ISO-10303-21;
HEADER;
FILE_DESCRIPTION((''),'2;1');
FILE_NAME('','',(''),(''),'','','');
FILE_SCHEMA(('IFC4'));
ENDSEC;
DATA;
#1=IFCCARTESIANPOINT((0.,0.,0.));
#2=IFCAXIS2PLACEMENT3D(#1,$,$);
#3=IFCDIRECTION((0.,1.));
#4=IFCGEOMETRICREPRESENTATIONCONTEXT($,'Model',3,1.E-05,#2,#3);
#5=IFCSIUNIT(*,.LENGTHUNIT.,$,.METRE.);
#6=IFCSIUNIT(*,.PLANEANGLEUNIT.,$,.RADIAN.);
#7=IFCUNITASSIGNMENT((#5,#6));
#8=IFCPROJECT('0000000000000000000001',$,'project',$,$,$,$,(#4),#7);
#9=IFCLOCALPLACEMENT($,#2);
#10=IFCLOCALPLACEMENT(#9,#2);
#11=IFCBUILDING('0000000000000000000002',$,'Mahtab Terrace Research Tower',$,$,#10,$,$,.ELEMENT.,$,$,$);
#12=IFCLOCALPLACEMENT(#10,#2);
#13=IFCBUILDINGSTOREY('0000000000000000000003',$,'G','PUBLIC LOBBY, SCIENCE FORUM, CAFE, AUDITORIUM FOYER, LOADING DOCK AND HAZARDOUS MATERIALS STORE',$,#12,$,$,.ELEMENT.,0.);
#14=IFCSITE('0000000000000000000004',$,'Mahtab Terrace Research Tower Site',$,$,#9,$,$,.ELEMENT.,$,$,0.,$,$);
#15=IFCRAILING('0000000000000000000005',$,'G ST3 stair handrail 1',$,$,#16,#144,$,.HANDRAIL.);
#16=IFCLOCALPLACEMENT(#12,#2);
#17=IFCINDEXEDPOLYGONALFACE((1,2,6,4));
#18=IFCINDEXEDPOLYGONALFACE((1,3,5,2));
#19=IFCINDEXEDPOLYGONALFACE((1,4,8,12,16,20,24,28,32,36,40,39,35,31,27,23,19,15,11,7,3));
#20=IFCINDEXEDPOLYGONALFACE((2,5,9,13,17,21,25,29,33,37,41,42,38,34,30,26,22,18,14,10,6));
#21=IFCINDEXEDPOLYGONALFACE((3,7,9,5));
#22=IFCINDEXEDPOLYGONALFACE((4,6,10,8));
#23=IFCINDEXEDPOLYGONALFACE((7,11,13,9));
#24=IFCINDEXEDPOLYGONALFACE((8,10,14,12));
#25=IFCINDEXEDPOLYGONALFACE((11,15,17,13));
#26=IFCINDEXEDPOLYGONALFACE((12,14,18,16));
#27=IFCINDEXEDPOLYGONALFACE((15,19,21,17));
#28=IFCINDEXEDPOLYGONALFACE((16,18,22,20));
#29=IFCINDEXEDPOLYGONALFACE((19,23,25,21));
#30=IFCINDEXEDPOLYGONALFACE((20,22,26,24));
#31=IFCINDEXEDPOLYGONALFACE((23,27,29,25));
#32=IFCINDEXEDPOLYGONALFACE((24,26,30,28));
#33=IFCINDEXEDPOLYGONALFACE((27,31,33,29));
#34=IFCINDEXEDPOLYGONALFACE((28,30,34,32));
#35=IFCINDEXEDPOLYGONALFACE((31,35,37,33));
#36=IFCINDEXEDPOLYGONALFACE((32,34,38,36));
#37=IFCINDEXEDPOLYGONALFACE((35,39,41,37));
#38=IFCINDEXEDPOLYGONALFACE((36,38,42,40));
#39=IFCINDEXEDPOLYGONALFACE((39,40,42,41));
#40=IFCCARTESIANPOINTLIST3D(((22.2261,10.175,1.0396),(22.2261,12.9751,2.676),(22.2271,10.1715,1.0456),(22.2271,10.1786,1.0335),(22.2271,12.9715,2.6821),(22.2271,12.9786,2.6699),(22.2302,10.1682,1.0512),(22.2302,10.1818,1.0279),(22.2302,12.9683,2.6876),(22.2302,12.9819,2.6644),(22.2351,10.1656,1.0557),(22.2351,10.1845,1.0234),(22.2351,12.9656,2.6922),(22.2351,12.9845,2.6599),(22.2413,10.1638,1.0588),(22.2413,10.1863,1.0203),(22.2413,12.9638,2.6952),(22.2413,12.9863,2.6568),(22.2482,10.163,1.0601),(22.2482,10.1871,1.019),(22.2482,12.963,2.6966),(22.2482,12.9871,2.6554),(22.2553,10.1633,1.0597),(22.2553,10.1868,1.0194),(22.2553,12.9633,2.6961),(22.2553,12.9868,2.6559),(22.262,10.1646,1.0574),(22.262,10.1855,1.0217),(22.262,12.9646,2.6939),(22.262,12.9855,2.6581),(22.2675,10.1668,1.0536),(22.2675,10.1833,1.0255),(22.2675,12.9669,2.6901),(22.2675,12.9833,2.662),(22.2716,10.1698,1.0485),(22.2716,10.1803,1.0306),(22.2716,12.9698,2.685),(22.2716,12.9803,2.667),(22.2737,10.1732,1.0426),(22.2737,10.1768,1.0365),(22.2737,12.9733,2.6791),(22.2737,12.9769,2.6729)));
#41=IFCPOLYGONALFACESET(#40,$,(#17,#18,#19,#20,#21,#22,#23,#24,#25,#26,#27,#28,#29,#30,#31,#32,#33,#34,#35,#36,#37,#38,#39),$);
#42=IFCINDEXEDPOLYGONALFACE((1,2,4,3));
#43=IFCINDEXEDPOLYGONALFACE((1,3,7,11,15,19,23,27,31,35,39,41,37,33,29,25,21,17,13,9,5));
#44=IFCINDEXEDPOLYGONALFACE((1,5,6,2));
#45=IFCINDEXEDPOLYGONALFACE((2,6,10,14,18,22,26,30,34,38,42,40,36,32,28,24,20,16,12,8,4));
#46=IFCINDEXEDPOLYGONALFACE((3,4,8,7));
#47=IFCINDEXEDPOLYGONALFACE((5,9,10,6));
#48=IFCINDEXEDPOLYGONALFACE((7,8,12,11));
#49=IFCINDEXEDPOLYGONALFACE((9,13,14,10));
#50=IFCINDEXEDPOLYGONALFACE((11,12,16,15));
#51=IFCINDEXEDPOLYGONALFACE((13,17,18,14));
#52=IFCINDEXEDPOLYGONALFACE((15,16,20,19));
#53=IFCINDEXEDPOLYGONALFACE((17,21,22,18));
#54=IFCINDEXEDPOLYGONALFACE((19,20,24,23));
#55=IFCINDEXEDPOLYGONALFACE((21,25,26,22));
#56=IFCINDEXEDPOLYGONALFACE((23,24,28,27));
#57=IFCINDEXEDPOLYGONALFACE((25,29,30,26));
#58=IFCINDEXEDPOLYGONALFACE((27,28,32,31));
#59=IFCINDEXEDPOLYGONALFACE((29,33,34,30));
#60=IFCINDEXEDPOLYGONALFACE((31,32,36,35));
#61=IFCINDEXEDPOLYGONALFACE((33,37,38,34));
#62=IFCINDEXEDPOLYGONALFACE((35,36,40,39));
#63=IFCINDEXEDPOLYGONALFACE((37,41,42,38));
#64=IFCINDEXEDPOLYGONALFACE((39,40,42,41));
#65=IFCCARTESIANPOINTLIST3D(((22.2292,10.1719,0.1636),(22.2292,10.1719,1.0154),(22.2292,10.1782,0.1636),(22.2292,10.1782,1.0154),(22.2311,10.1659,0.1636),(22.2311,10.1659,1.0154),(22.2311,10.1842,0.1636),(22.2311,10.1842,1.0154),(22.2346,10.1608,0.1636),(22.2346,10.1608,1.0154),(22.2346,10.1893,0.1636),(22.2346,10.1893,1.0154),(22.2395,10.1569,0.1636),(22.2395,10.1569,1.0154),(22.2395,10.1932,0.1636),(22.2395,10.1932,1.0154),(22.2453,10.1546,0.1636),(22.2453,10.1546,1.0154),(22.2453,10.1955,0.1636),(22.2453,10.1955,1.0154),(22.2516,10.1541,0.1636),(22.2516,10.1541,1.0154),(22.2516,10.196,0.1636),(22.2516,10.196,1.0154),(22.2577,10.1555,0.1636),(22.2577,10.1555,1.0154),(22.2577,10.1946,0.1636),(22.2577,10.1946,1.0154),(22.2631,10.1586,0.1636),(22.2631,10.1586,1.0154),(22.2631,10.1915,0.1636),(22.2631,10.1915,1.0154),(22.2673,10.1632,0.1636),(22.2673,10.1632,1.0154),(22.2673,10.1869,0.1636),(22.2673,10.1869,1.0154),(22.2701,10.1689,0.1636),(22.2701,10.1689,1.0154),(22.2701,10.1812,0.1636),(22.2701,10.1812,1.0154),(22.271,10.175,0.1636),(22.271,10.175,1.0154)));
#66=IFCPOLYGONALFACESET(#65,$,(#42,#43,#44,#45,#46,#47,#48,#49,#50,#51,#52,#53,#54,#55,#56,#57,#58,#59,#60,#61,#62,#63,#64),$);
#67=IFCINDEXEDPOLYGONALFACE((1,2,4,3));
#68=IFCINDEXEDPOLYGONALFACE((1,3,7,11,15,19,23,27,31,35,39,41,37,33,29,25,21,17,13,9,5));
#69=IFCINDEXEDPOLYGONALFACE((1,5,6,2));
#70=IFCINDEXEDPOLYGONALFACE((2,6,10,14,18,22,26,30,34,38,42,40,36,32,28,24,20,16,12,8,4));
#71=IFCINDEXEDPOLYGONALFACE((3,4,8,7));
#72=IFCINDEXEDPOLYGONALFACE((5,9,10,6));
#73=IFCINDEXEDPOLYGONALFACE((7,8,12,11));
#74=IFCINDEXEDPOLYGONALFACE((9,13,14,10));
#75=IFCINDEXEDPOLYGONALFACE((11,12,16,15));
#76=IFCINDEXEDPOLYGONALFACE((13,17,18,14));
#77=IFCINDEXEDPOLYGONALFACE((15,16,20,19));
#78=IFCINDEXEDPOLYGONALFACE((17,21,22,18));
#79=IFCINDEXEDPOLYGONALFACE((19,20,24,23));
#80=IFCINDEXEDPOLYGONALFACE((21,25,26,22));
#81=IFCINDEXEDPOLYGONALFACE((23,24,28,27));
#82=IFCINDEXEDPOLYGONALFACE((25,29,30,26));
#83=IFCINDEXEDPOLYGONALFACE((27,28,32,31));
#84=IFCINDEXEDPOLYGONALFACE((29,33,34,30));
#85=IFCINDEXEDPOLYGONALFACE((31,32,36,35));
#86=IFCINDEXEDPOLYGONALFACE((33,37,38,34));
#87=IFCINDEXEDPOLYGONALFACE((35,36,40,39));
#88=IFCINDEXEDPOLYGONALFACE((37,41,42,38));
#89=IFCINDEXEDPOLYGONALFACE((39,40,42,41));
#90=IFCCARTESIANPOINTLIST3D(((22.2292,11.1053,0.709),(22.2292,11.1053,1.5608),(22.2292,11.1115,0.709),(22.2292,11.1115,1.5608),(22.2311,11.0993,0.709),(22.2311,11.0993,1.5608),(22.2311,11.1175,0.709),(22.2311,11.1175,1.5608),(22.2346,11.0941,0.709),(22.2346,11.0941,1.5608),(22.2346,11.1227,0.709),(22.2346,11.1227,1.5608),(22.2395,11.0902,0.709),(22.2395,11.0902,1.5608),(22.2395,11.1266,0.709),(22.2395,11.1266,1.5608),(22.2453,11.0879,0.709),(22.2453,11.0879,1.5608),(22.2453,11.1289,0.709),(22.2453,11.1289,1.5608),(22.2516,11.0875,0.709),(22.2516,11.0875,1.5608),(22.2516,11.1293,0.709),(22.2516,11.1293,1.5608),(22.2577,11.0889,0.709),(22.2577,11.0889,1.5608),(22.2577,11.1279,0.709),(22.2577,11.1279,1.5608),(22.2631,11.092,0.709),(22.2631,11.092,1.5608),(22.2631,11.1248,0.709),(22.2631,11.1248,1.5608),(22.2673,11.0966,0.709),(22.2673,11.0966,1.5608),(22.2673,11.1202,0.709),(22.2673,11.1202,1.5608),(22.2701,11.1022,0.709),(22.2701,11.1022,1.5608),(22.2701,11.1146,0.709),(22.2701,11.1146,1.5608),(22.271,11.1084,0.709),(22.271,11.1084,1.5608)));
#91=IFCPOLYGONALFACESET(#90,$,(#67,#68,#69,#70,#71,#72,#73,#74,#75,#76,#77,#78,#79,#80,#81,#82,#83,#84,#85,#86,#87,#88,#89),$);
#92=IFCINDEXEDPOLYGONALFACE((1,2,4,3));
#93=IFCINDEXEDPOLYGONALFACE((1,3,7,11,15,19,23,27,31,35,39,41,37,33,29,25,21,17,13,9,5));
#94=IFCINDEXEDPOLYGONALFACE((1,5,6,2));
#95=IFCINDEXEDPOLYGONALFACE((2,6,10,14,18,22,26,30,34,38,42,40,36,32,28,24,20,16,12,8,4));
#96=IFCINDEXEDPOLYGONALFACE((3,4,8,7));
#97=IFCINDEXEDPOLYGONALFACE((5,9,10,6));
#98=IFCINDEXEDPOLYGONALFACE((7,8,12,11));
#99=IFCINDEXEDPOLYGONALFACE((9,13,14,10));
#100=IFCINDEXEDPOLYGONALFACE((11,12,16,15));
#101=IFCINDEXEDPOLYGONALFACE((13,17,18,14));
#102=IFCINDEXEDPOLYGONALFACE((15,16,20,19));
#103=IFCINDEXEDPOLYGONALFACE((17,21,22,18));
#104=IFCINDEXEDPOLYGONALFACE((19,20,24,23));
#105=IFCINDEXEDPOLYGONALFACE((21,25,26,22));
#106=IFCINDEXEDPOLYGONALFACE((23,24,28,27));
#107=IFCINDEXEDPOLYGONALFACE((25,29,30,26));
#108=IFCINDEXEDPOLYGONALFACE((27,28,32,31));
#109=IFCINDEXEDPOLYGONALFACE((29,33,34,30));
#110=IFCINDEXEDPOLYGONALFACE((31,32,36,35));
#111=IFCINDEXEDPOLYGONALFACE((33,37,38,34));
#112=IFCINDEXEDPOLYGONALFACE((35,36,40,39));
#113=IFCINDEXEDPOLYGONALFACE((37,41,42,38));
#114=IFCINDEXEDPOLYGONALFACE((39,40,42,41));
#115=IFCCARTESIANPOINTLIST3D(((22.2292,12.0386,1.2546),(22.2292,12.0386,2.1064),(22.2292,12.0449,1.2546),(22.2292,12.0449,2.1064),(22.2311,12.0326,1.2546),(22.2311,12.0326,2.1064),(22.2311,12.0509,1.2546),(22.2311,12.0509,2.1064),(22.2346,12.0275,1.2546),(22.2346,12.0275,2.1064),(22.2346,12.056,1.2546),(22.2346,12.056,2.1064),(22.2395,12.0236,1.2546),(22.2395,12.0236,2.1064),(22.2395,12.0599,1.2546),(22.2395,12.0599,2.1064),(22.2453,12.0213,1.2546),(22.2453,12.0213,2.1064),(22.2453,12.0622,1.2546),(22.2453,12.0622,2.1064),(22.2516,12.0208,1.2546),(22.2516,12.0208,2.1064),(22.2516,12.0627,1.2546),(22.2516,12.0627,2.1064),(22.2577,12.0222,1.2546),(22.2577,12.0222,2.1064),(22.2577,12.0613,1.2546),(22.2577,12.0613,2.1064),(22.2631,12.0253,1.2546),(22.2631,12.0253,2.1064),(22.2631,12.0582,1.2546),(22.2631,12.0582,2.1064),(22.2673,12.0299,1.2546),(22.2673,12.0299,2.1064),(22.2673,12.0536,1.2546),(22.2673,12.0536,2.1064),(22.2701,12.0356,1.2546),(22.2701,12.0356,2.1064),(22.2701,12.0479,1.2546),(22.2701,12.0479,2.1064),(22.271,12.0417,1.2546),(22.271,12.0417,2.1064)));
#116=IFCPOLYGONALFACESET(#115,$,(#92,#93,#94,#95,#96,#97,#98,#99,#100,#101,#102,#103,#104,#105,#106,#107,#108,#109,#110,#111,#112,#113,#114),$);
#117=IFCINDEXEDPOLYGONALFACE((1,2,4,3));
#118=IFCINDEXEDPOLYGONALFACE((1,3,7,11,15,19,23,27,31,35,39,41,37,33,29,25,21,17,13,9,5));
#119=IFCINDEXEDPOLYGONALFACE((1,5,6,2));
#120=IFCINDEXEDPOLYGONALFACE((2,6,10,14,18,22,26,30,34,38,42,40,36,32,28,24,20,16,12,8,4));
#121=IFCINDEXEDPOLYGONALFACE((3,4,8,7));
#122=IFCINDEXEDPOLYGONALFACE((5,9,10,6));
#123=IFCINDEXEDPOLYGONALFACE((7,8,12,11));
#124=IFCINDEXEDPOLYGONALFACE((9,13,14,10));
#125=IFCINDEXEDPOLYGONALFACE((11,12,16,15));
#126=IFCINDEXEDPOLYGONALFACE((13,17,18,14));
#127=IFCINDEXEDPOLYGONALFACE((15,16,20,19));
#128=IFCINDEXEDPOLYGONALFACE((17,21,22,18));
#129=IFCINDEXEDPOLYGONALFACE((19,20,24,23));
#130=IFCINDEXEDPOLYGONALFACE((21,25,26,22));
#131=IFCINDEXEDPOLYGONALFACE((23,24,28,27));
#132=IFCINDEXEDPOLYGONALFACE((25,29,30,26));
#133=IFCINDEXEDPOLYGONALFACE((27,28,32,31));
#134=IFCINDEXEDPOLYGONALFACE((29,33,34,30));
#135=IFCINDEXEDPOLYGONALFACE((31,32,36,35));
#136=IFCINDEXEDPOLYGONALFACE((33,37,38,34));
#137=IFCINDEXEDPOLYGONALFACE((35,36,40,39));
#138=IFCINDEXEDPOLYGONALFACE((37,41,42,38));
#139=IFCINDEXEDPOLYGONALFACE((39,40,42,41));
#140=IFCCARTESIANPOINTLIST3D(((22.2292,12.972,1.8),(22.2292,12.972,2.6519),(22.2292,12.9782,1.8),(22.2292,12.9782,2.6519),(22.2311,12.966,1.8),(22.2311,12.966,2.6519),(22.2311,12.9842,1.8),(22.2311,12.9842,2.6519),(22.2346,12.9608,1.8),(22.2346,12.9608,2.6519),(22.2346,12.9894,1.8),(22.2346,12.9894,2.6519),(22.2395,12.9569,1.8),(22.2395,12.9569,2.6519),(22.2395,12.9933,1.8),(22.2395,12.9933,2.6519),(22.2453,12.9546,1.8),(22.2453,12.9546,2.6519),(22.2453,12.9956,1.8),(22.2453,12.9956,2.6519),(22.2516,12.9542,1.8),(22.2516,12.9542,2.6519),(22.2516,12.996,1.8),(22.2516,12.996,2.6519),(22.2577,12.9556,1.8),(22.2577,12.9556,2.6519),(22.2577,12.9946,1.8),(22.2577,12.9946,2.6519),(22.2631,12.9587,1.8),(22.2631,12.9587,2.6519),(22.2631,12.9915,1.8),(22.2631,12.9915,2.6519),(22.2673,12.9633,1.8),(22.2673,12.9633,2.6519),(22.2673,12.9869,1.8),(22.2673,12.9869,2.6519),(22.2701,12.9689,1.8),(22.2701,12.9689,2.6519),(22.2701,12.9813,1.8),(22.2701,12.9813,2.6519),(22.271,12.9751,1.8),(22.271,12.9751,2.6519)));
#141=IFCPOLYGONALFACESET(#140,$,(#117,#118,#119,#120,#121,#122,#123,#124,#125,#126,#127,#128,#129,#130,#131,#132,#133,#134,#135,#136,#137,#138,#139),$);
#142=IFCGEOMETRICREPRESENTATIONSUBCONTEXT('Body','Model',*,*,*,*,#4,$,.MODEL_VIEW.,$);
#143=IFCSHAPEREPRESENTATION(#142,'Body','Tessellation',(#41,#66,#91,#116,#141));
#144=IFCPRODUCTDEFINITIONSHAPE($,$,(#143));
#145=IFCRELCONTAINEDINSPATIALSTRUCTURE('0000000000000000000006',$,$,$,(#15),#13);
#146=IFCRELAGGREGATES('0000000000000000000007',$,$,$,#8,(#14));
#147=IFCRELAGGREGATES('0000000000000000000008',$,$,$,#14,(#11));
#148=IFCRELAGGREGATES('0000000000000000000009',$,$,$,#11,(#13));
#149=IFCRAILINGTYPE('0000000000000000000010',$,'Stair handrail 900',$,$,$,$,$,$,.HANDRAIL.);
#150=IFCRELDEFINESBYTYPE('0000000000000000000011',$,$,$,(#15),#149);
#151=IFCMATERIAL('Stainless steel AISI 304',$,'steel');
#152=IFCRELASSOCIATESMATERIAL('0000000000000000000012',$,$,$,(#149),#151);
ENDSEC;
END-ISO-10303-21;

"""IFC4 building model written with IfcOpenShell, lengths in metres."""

from ifc_helpers import new_model, si_unit, direction, frame, origin, origin_2d, place, context, subcontext, project, spatial, circle, extrude, material, type_object, element, save


model = new_model("IFC4")

# Units and contexts
model_context = context("Model", 3, precision=1e-05, world=origin(), true_north=direction((0.0, 1.0)))
body_context = subcontext(model_context, "Body", "Model", "MODEL_VIEW")
ifc_project = project(units=[si_unit("LENGTHUNIT", "METRE"), si_unit("PLANEANGLEUNIT", "RADIAN")], contexts=[model_context])

# Site, building, storey
site_placement = place(None, origin())
site = spatial("IfcSite", under=ifc_project, at=site_placement, Name="Mahtab Terrace Research Tower Site", CompositionType="ELEMENT", RefElevation=0.0)
building_placement = place(site_placement, origin())
building = spatial("IfcBuilding", under=site, at=building_placement, Name="Mahtab Terrace Research Tower", CompositionType="ELEMENT")
storey_placement = place(building_placement, origin())
storey = spatial("IfcBuildingStorey", under=building, at=storey_placement, Name="G", Description="PUBLIC LOBBY, SCIENCE FORUM, CAFE, AUDITORIUM FOYER, LOADING DOCK AND HAZARDOUS MATERIALS STORE", CompositionType="ELEMENT", Elevation=0.0)

# Railing
ifc_material_1 = material(Name="Stainless steel AISI 304", Category="steel")
railing_type_1 = type_object("IfcRailingType", Name="Stair handrail 900", PredefinedType="HANDRAIL", material=ifc_material_1)
railing_1_placement = place(storey_placement, frame((22.25, 10.175, 0.1636)))
element("IfcRailing", 1, at=railing_1_placement, inside=storey, type_object=railing_type_1, Name="G ST3 stair handrail 1", PredefinedType="HANDRAIL", context=body_context, shape_type="SweptSolid", body=[
    extrude(circle(Radius=0.0239, at=origin_2d()), frame((0.0, 0.0, 0.876), z_axis=(0.0, 0.863361, 0.504587), x_axis=(-1.0, 0.0, 0.0)), (0.0, 0.0, 1.0), 3.2432),
    extrude(circle(Radius=0.021, at=origin_2d()), origin(), (0.0, 0.0, 1.0), 0.8518),
    extrude(circle(Radius=0.021, at=origin_2d()), frame((0.0, 0.9333, 0.5454)), (0.0, 0.0, 1.0), 0.8518),
    extrude(circle(Radius=0.021, at=origin_2d()), frame((0.0, 1.8667, 1.0911)), (0.0, 0.0, 1.0), 0.8518),
    extrude(circle(Radius=0.021, at=origin_2d()), frame((0.0, 2.8, 1.6365)), (0.0, 0.0, 1.0), 0.8518),
])

save(model, "model.ifc")
